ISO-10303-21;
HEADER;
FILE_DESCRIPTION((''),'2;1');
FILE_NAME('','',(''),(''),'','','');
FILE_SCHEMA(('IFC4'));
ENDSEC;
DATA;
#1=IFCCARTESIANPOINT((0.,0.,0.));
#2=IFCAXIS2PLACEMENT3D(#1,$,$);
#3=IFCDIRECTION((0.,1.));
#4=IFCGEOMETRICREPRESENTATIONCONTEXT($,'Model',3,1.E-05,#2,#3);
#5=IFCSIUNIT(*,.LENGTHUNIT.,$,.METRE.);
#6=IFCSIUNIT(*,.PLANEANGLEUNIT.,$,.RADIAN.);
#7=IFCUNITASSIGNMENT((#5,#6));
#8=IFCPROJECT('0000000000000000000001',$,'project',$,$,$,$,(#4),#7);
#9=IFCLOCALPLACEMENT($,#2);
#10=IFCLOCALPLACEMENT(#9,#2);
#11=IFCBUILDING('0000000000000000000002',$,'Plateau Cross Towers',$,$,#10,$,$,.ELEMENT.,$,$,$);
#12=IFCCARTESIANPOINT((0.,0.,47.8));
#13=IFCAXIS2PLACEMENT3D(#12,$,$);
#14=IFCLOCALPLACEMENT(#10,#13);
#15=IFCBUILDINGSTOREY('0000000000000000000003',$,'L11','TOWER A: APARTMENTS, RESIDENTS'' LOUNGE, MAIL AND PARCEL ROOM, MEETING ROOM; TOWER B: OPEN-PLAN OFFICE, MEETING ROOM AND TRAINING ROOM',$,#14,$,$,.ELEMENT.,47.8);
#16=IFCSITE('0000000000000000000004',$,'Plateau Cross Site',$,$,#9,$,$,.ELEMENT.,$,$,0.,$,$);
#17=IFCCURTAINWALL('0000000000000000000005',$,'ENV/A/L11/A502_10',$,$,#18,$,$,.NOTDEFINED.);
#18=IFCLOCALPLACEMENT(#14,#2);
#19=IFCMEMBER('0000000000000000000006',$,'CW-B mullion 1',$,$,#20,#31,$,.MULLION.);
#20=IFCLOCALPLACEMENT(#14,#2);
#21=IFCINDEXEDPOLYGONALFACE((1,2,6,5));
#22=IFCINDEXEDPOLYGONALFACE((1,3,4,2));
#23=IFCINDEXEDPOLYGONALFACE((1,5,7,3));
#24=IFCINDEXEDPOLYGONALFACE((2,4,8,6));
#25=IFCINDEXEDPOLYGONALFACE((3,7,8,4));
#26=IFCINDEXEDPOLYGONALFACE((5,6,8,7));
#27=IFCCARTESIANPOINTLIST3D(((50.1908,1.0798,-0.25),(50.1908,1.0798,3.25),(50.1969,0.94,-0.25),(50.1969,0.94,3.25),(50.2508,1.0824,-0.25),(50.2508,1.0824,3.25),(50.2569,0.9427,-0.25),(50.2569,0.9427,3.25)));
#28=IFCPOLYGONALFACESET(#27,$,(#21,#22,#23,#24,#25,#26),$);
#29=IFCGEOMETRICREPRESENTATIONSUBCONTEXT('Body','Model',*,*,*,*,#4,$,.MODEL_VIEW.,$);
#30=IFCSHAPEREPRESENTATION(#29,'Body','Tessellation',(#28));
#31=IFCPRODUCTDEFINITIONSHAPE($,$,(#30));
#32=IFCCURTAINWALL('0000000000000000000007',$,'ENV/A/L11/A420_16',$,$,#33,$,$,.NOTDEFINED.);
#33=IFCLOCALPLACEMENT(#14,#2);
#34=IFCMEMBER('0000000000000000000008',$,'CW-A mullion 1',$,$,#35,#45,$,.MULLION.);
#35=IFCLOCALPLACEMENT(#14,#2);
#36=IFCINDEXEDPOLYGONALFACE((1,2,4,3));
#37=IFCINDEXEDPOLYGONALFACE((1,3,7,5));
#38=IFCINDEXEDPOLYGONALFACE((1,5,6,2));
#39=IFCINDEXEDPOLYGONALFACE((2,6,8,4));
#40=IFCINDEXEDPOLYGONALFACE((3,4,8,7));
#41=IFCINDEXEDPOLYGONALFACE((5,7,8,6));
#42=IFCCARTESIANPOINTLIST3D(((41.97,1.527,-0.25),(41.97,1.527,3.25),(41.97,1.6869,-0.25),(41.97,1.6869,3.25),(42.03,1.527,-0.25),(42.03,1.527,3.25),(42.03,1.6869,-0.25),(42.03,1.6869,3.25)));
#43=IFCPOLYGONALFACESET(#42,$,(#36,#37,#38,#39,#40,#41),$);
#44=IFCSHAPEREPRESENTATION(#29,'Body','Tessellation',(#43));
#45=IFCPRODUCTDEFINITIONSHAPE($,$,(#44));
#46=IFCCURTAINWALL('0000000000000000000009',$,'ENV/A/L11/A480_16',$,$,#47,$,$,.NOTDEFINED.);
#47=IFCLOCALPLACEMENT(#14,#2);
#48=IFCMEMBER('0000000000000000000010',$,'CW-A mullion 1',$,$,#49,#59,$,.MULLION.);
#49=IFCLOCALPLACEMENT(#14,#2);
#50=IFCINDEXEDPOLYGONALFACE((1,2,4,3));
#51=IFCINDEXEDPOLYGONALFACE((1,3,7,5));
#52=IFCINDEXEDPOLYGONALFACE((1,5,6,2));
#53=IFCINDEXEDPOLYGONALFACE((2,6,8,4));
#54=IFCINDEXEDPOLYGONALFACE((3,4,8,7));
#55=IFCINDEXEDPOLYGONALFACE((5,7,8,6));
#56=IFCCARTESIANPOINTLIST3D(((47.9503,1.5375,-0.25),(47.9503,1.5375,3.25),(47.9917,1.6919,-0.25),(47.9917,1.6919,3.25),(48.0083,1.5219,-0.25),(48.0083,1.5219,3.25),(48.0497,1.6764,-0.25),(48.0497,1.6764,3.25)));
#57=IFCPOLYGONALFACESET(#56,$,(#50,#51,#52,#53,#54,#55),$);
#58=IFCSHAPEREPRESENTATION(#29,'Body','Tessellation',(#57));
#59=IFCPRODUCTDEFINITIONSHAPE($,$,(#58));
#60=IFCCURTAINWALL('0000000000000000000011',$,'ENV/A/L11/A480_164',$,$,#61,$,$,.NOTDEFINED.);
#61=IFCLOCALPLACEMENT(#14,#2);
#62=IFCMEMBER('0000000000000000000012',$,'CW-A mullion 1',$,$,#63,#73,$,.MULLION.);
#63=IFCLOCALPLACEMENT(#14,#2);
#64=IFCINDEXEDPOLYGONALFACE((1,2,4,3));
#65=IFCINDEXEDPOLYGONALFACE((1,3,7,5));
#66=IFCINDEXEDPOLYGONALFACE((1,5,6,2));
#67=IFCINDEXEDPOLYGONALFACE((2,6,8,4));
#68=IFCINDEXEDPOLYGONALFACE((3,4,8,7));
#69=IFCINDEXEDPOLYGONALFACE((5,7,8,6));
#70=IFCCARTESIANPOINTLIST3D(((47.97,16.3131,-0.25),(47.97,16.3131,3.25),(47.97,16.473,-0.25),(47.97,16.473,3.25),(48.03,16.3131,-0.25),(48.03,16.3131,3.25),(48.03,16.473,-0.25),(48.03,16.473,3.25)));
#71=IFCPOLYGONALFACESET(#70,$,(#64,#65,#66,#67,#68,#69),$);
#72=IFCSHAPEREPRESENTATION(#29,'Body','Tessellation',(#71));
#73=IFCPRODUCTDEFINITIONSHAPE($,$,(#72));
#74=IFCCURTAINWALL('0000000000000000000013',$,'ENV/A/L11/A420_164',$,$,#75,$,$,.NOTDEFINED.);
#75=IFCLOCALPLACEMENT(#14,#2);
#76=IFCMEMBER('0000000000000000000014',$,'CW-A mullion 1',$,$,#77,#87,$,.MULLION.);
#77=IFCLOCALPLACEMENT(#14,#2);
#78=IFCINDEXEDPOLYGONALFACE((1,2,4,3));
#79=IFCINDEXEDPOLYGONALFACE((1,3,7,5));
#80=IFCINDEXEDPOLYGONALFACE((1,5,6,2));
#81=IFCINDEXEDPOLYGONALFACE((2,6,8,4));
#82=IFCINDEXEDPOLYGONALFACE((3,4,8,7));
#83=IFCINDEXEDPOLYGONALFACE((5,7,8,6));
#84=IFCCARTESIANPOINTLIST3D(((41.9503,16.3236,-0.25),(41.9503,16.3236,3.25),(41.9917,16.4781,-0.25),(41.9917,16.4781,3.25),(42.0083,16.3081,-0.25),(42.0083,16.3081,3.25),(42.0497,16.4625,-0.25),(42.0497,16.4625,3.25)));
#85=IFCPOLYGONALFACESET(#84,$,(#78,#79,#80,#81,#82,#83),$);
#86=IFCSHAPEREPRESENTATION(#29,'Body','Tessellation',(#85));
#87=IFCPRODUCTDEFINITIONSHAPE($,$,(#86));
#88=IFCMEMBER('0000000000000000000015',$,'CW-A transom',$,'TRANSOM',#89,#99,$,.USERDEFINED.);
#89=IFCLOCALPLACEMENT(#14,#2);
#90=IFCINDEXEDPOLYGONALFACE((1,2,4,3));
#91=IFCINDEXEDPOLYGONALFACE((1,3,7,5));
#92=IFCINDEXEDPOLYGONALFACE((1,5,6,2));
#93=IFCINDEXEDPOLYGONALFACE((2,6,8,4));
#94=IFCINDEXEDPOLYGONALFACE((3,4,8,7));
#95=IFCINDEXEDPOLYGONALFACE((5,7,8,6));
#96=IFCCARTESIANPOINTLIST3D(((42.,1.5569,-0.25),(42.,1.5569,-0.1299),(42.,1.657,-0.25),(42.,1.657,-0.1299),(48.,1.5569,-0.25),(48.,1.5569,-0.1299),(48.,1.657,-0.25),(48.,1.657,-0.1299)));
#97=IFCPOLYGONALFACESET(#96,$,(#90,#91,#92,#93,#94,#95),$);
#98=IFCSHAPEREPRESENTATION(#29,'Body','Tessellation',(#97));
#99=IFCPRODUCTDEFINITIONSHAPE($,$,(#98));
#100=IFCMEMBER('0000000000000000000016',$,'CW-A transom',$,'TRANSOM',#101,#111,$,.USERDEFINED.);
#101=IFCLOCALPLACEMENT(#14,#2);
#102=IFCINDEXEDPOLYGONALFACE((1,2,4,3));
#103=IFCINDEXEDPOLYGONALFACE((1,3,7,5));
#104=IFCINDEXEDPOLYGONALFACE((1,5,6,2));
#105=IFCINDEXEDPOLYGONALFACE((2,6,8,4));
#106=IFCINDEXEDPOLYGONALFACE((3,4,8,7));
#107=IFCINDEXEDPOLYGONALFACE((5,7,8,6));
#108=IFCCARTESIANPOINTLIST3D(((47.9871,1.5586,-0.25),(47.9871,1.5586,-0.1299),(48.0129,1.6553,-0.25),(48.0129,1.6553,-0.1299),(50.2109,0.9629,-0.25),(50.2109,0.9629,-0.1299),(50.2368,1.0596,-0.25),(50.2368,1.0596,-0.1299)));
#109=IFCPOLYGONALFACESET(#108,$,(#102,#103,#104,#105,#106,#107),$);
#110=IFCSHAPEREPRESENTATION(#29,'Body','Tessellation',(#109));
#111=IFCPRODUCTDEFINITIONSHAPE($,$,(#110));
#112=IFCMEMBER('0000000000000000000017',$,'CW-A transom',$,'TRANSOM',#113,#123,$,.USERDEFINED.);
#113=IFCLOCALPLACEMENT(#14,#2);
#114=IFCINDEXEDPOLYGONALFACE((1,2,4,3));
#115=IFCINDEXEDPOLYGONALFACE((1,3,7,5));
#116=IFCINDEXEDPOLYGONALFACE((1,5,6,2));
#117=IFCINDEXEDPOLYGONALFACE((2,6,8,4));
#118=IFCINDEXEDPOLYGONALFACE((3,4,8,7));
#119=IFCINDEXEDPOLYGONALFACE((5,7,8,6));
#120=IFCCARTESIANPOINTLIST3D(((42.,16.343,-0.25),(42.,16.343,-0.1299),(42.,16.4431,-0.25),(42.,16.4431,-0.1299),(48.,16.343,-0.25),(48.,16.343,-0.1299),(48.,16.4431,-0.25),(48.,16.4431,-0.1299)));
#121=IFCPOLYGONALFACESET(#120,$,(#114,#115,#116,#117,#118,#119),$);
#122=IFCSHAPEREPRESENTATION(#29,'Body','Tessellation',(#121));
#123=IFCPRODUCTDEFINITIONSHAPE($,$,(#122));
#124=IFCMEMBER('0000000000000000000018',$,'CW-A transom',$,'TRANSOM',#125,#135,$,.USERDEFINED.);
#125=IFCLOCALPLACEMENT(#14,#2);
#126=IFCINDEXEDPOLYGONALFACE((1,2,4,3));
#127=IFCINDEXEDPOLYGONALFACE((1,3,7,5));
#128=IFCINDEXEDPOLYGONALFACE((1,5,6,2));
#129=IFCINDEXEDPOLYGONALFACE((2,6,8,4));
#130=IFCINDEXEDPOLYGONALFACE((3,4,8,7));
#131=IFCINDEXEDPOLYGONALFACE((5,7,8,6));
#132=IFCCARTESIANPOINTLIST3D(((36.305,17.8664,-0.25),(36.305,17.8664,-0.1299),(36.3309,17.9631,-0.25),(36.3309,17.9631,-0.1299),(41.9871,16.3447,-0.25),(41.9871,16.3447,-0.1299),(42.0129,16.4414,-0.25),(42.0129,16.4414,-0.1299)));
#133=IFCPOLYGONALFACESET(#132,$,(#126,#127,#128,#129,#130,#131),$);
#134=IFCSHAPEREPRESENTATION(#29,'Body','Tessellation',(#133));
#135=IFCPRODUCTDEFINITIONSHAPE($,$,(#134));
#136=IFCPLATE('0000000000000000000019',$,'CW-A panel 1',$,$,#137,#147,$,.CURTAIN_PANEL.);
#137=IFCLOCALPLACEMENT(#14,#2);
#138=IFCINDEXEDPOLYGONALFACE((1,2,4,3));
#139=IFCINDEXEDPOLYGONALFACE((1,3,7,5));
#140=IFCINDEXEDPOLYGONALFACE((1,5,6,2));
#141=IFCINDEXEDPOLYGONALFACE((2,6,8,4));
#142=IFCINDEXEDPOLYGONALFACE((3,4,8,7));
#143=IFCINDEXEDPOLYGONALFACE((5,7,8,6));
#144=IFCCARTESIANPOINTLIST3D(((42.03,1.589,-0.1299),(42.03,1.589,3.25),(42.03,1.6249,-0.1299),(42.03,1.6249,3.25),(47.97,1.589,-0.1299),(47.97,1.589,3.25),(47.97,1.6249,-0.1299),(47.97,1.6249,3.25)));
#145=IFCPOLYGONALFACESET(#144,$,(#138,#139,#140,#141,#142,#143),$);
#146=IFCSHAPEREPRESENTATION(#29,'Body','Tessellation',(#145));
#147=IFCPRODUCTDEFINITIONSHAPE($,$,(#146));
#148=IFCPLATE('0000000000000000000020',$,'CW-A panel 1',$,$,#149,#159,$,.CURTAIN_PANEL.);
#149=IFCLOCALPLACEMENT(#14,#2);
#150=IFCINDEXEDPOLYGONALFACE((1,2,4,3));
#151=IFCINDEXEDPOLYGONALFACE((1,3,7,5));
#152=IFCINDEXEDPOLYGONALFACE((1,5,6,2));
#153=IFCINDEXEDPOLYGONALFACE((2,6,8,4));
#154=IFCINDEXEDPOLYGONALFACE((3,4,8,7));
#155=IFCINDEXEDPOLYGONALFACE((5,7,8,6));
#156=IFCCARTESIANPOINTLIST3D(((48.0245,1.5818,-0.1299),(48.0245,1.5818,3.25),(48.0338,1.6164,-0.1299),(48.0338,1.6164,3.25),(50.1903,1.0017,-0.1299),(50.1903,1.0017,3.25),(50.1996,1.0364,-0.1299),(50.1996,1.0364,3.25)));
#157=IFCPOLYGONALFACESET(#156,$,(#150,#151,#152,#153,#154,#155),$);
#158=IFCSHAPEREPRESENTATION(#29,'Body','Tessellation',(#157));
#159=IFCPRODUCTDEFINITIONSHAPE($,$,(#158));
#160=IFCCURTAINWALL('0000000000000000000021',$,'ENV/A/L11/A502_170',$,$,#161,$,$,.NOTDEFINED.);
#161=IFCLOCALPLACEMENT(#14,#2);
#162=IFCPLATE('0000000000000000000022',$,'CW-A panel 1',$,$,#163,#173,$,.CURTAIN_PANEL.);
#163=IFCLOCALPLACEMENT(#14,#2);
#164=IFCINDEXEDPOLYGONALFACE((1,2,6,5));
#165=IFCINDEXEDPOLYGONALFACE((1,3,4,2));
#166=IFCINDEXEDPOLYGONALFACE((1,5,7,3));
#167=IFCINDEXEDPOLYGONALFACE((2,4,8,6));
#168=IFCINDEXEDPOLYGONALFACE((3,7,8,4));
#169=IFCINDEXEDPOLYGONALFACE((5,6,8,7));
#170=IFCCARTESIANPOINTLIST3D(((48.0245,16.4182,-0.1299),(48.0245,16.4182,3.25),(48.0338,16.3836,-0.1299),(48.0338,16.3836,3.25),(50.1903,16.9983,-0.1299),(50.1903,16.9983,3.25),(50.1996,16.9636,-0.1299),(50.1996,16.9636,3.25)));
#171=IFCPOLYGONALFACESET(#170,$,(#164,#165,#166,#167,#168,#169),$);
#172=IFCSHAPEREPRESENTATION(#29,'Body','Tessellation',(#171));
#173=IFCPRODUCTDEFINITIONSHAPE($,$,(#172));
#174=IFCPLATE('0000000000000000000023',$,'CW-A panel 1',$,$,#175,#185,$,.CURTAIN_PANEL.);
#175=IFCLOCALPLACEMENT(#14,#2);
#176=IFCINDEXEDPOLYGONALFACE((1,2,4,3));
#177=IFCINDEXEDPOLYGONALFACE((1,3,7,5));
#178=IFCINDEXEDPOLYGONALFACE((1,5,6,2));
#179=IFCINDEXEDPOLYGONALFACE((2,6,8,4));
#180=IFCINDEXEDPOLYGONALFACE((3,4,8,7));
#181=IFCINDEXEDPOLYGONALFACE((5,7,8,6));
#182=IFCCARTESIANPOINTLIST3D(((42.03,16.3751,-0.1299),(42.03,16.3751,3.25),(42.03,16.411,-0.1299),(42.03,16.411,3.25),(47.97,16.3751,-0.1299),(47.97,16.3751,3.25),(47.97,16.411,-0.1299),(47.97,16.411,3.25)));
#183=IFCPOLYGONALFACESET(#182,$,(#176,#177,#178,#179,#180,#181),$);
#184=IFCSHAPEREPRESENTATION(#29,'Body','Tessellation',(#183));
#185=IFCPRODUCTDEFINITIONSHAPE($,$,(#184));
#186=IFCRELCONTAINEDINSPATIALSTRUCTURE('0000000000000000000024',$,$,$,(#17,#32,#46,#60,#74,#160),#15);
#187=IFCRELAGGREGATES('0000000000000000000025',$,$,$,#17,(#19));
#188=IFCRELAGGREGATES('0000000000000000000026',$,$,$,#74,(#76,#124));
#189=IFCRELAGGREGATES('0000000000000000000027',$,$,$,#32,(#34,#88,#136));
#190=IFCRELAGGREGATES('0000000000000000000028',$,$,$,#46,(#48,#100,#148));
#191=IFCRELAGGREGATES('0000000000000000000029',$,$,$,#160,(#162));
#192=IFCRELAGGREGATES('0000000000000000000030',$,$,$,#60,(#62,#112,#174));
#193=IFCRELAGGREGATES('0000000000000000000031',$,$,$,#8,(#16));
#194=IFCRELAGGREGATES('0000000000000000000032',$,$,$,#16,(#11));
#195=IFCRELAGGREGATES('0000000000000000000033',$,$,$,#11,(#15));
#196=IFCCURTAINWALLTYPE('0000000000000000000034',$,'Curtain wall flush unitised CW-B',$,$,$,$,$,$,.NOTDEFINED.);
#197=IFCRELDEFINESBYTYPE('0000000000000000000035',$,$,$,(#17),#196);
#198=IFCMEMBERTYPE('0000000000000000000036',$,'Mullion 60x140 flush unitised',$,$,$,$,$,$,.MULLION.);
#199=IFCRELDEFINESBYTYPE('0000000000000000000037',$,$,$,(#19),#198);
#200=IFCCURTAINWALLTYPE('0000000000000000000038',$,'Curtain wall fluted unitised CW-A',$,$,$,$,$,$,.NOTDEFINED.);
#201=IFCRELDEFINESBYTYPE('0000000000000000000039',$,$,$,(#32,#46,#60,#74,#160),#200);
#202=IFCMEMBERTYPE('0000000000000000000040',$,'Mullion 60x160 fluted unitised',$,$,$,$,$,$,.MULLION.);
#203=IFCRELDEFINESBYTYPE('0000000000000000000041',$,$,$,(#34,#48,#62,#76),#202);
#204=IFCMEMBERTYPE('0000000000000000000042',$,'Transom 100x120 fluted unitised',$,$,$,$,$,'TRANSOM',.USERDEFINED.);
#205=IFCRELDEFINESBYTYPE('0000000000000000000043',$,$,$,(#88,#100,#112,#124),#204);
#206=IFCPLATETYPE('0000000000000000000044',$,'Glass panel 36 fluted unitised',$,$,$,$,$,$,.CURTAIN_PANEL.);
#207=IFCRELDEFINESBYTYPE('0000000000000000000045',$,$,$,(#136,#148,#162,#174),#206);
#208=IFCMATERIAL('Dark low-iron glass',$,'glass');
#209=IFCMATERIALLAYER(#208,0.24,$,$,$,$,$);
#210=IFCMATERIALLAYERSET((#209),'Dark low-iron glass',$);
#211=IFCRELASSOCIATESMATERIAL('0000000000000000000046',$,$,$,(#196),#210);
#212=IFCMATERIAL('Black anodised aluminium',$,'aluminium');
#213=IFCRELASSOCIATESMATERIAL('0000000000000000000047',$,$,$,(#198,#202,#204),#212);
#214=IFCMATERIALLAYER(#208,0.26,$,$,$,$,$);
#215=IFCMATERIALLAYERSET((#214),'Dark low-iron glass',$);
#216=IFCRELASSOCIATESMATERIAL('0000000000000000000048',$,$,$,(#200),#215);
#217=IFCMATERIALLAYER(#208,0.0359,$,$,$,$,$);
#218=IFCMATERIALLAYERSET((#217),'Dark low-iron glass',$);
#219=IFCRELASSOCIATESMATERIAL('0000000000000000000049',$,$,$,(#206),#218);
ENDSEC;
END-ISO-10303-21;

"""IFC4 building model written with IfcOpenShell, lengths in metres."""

from ifc_helpers import new_model, si_unit, direction, frame, origin, origin_2d, place, context, subcontext, project, spatial, rectangle, extrude, material, layer, layer_set, material_profile, profile_set, type_object, element, aggregate, save


model = new_model("IFC4")

# Units and contexts
model_context = context("Model", 3, precision=1e-05, world=origin(), true_north=direction((0.0, 1.0)))
body_context = subcontext(model_context, "Body", "Model", "MODEL_VIEW")
ifc_project = project(units=[si_unit("LENGTHUNIT", "METRE"), si_unit("PLANEANGLEUNIT", "RADIAN")], contexts=[model_context])

# Site, building, storey
site_placement = place(None, origin())
site = spatial("IfcSite", under=ifc_project, at=site_placement, Name="Plateau Cross Site", CompositionType="ELEMENT", RefElevation=0.0)
building_placement = place(site_placement, origin())
building = spatial("IfcBuilding", under=site, at=building_placement, Name="Plateau Cross Towers", CompositionType="ELEMENT")
storey_placement = place(building_placement, frame((0.0, 0.0, 47.8)))
storey = spatial("IfcBuildingStorey", under=building, at=storey_placement, Name="L11", Description="TOWER A: APARTMENTS, RESIDENTS' LOUNGE, MAIL AND PARCEL ROOM, MEETING ROOM; TOWER B: OPEN-PLAN OFFICE, MEETING ROOM AND TRAINING ROOM", CompositionType="ELEMENT", Elevation=47.8)

# Curtain walls, members
ifc_material_1 = material(Name="Dark low-iron glass", Category="glass")
ifc_layer_1 = layer(ifc_material_1, 0.24)
ifc_layer_set_1 = layer_set([ifc_layer_1], Name="Dark low-iron glass")
curtain_wall_type_1 = type_object("IfcCurtainWallType", Name="Curtain wall flush unitised CW-B", PredefinedType="NOTDEFINED", material=ifc_layer_set_1)
curtain_wall_1_placement = place(storey_placement, origin())
curtain_wall_1 = element("IfcCurtainWall", 1, at=curtain_wall_1_placement, inside=storey, type_object=curtain_wall_type_1, Name="ENV/A/L11/A502_10", PredefinedType="NOTDEFINED")
ifc_material_2 = material(Name="Black anodised aluminium", Category="aluminium")
ifc_material_profile_1 = material_profile(ifc_material_2, rectangle(XDim=0.0601, YDim=0.1399, at=origin_2d()), Name="MULLION 60x140")
ifc_profile_set_1 = profile_set([ifc_material_profile_1], Name="Black anodised aluminium")
member_type_1 = type_object("IfcMemberType", Name="Mullion 60x140 flush unitised", PredefinedType="MULLION", material=ifc_profile_set_1)
member_1_placement = place(storey_placement, frame((50.2239, 1.0112, -0.25), z_axis=(0.0, 0.0, 1.0), x_axis=(0.999044, 0.043723, 0.0)))
member_1 = element("IfcMember", 2, at=member_1_placement, type_object=member_type_1, Name="CW-B mullion 1", PredefinedType="MULLION", context=body_context, shape_type="SweptSolid", body=[
    extrude(rectangle(XDim=0.0601, YDim=0.1399, at=origin_2d()), origin(), (0.0, 0.0, 1.0), 3.5),
])
aggregate(curtain_wall_1, [member_1])
ifc_layer_2 = layer(ifc_material_1, 0.26)
ifc_layer_set_2 = layer_set([ifc_layer_2], Name="Dark low-iron glass")
curtain_wall_type_2 = type_object("IfcCurtainWallType", Name="Curtain wall fluted unitised CW-A", PredefinedType="NOTDEFINED", material=ifc_layer_set_2)
curtain_wall_2_placement = place(storey_placement, origin())
curtain_wall_2 = element("IfcCurtainWall", 3, at=curtain_wall_2_placement, inside=storey, type_object=curtain_wall_type_2, Name="ENV/A/L11/A420_16", PredefinedType="NOTDEFINED")
ifc_material_profile_2 = material_profile(ifc_material_2, rectangle(XDim=0.0601, YDim=0.1599, at=origin_2d()), Name="MULLION 60x160")
ifc_profile_set_2 = profile_set([ifc_material_profile_2], Name="Black anodised aluminium")
member_type_2 = type_object("IfcMemberType", Name="Mullion 60x160 fluted unitised", PredefinedType="MULLION", material=ifc_profile_set_2)
member_2_placement = place(storey_placement, frame((42.0, 1.6069, -0.25), z_axis=(0.0, 0.0, 1.0), x_axis=(1.0, 0.0, 0.0)))
member_2 = element("IfcMember", 4, at=member_2_placement, type_object=member_type_2, Name="CW-A mullion 1", PredefinedType="MULLION", context=body_context, shape_type="SweptSolid", body=[
    extrude(rectangle(XDim=0.0601, YDim=0.1599, at=origin_2d()), origin(), (0.0, 0.0, 1.0), 3.5),
])
curtain_wall_3_placement = place(storey_placement, origin())
curtain_wall_3 = element("IfcCurtainWall", 5, at=curtain_wall_3_placement, inside=storey, type_object=curtain_wall_type_2, Name="ENV/A/L11/A480_16", PredefinedType="NOTDEFINED")
member_3_placement = place(storey_placement, frame((48.0, 1.6069, -0.25), z_axis=(0.0, 0.0, 1.0), x_axis=(0.965958, -0.258699, 0.0)))
member_3 = element("IfcMember", 6, at=member_3_placement, type_object=member_type_2, Name="CW-A mullion 1", PredefinedType="MULLION", context=body_context, shape_type="SweptSolid", body=[
    extrude(rectangle(XDim=0.0601, YDim=0.1599, at=origin_2d()), origin(), (0.0, 0.0, 1.0), 3.5),
])
curtain_wall_4_placement = place(storey_placement, origin())
curtain_wall_4 = element("IfcCurtainWall", 7, at=curtain_wall_4_placement, inside=storey, type_object=curtain_wall_type_2, Name="ENV/A/L11/A480_164", PredefinedType="NOTDEFINED")
member_4_placement = place(storey_placement, frame((48.0, 16.3931, -0.25), z_axis=(0.0, 0.0, 1.0), x_axis=(-1.0, 0.0, 0.0)))
member_4 = element("IfcMember", 8, at=member_4_placement, type_object=member_type_2, Name="CW-A mullion 1", PredefinedType="MULLION", context=body_context, shape_type="SweptSolid", body=[
    extrude(rectangle(XDim=0.0601, YDim=0.1599, at=origin_2d()), origin(), (0.0, 0.0, 1.0), 3.5),
])
curtain_wall_5_placement = place(storey_placement, origin())
curtain_wall_5 = element("IfcCurtainWall", 9, at=curtain_wall_5_placement, inside=storey, type_object=curtain_wall_type_2, Name="ENV/A/L11/A420_164", PredefinedType="NOTDEFINED")
member_5_placement = place(storey_placement, frame((42.0, 16.3931, -0.25), z_axis=(0.0, 0.0, 1.0), x_axis=(-0.965958, 0.258699, 0.0)))
member_5 = element("IfcMember", 10, at=member_5_placement, type_object=member_type_2, Name="CW-A mullion 1", PredefinedType="MULLION", context=body_context, shape_type="SweptSolid", body=[
    extrude(rectangle(XDim=0.0601, YDim=0.1599, at=origin_2d()), origin(), (0.0, 0.0, 1.0), 3.5),
])

# Members
ifc_material_profile_3 = material_profile(ifc_material_2, rectangle(XDim=0.1001, YDim=0.1201, at=origin_2d()), Name="TRANSOM 100x120")
ifc_profile_set_3 = profile_set([ifc_material_profile_3], Name="Black anodised aluminium")
member_type_3 = type_object("IfcMemberType", Name="Transom 100x120 fluted unitised", ElementType="TRANSOM", PredefinedType="USERDEFINED", material=ifc_profile_set_3)
member_6_placement = place(storey_placement, frame((42.0, 1.6069, -0.1899), z_axis=(1.0, 0.0, 0.0), x_axis=(0.0, 1.0, 0.0)))
member_6 = element("IfcMember", 11, at=member_6_placement, type_object=member_type_3, Name="CW-A transom", ObjectType="TRANSOM", PredefinedType="USERDEFINED", context=body_context, shape_type="SweptSolid", body=[
    extrude(rectangle(XDim=0.1001, YDim=0.1201, at=origin_2d()), origin(), (0.0, 0.0, 1.0), 6.0),
])
member_7_placement = place(storey_placement, frame((48.0, 1.6069, -0.1899), z_axis=(0.965946, -0.258745, 0.0), x_axis=(0.258745, 0.965946, 0.0)))
member_7 = element("IfcMember", 12, at=member_7_placement, type_object=member_type_3, Name="CW-A transom", ObjectType="TRANSOM", PredefinedType="USERDEFINED", context=body_context, shape_type="SweptSolid", body=[
    extrude(rectangle(XDim=0.1001, YDim=0.1201, at=origin_2d()), origin(), (0.0, 0.0, 1.0), 2.3022),
])
member_8_placement = place(storey_placement, frame((48.0, 16.3931, -0.1899), z_axis=(-1.0, 0.0, 0.0), x_axis=(0.0, -1.0, 0.0)))
member_8 = element("IfcMember", 13, at=member_8_placement, type_object=member_type_3, Name="CW-A transom", ObjectType="TRANSOM", PredefinedType="USERDEFINED", context=body_context, shape_type="SweptSolid", body=[
    extrude(rectangle(XDim=0.1001, YDim=0.1201, at=origin_2d()), origin(), (0.0, 0.0, 1.0), 6.0),
])
member_9_placement = place(storey_placement, frame((42.0, 16.3931, -0.1899), z_axis=(-0.96596, 0.258693, 0.0), x_axis=(-0.258693, -0.96596, 0.0)))
member_9 = element("IfcMember", 14, at=member_9_placement, type_object=member_type_3, Name="CW-A transom", ObjectType="TRANSOM", PredefinedType="USERDEFINED", context=body_context, shape_type="SweptSolid", body=[
    extrude(rectangle(XDim=0.1001, YDim=0.1201, at=origin_2d()), origin(), (0.0, 0.0, 1.0), 5.8823),
])
aggregate(curtain_wall_5, [member_5, member_9])

# Plates
ifc_layer_3 = layer(ifc_material_1, 0.0359)
ifc_layer_set_3 = layer_set([ifc_layer_3], Name="Dark low-iron glass")
plate_type = type_object("IfcPlateType", Name="Glass panel 36 fluted unitised", PredefinedType="CURTAIN_PANEL", material=ifc_layer_set_3)
plate_1_placement = place(storey_placement, frame((45.0, 1.6069, -0.1299), z_axis=(0.0, 0.0, 1.0), x_axis=(1.0, 0.0, 0.0)))
plate_1 = element("IfcPlate", 15, at=plate_1_placement, type_object=plate_type, Name="CW-A panel 1", PredefinedType="CURTAIN_PANEL", context=body_context, shape_type="SweptSolid", body=[
    extrude(rectangle(XDim=5.9399, YDim=0.0359, at=origin_2d()), origin(), (0.0, 0.0, 1.0), 3.3799),
])
aggregate(curtain_wall_2, [member_2, member_6, plate_1])
plate_2_placement = place(storey_placement, frame((49.1121, 1.3091, -0.1299), z_axis=(0.0, 0.0, 1.0), x_axis=(0.965958, -0.258699, 0.0)))
plate_2 = element("IfcPlate", 16, at=plate_2_placement, type_object=plate_type, Name="CW-A panel 1", PredefinedType="CURTAIN_PANEL", context=body_context, shape_type="SweptSolid", body=[
    extrude(rectangle(XDim=2.2422, YDim=0.0359, at=origin_2d()), origin(), (0.0, 0.0, 1.0), 3.3799),
])
aggregate(curtain_wall_3, [member_3, member_7, plate_2])

# Curtain wall, plate
curtain_wall_6_placement = place(storey_placement, origin())
curtain_wall_6 = element("IfcCurtainWall", 17, at=curtain_wall_6_placement, inside=storey, type_object=curtain_wall_type_2, Name="ENV/A/L11/A502_170", PredefinedType="NOTDEFINED")
plate_3_placement = place(storey_placement, frame((49.1121, 16.6909, -0.1299), z_axis=(0.0, 0.0, 1.0), x_axis=(-0.965958, -0.258699, 0.0)))
plate_3 = element("IfcPlate", 18, at=plate_3_placement, type_object=plate_type, Name="CW-A panel 1", PredefinedType="CURTAIN_PANEL", context=body_context, shape_type="SweptSolid", body=[
    extrude(rectangle(XDim=2.2422, YDim=0.0359, at=origin_2d()), origin(), (0.0, 0.0, 1.0), 3.3799),
])
aggregate(curtain_wall_6, [plate_3])

# Plate
plate_4_placement = place(storey_placement, frame((45.0, 16.3931, -0.1299), z_axis=(0.0, 0.0, 1.0), x_axis=(-1.0, 0.0, 0.0)))
plate_4 = element("IfcPlate", 19, at=plate_4_placement, type_object=plate_type, Name="CW-A panel 1", PredefinedType="CURTAIN_PANEL", context=body_context, shape_type="SweptSolid", body=[
    extrude(rectangle(XDim=5.9399, YDim=0.0359, at=origin_2d()), origin(), (0.0, 0.0, 1.0), 3.3799),
])
aggregate(curtain_wall_4, [member_4, member_8, plate_4])

save(model, "model.ifc")
